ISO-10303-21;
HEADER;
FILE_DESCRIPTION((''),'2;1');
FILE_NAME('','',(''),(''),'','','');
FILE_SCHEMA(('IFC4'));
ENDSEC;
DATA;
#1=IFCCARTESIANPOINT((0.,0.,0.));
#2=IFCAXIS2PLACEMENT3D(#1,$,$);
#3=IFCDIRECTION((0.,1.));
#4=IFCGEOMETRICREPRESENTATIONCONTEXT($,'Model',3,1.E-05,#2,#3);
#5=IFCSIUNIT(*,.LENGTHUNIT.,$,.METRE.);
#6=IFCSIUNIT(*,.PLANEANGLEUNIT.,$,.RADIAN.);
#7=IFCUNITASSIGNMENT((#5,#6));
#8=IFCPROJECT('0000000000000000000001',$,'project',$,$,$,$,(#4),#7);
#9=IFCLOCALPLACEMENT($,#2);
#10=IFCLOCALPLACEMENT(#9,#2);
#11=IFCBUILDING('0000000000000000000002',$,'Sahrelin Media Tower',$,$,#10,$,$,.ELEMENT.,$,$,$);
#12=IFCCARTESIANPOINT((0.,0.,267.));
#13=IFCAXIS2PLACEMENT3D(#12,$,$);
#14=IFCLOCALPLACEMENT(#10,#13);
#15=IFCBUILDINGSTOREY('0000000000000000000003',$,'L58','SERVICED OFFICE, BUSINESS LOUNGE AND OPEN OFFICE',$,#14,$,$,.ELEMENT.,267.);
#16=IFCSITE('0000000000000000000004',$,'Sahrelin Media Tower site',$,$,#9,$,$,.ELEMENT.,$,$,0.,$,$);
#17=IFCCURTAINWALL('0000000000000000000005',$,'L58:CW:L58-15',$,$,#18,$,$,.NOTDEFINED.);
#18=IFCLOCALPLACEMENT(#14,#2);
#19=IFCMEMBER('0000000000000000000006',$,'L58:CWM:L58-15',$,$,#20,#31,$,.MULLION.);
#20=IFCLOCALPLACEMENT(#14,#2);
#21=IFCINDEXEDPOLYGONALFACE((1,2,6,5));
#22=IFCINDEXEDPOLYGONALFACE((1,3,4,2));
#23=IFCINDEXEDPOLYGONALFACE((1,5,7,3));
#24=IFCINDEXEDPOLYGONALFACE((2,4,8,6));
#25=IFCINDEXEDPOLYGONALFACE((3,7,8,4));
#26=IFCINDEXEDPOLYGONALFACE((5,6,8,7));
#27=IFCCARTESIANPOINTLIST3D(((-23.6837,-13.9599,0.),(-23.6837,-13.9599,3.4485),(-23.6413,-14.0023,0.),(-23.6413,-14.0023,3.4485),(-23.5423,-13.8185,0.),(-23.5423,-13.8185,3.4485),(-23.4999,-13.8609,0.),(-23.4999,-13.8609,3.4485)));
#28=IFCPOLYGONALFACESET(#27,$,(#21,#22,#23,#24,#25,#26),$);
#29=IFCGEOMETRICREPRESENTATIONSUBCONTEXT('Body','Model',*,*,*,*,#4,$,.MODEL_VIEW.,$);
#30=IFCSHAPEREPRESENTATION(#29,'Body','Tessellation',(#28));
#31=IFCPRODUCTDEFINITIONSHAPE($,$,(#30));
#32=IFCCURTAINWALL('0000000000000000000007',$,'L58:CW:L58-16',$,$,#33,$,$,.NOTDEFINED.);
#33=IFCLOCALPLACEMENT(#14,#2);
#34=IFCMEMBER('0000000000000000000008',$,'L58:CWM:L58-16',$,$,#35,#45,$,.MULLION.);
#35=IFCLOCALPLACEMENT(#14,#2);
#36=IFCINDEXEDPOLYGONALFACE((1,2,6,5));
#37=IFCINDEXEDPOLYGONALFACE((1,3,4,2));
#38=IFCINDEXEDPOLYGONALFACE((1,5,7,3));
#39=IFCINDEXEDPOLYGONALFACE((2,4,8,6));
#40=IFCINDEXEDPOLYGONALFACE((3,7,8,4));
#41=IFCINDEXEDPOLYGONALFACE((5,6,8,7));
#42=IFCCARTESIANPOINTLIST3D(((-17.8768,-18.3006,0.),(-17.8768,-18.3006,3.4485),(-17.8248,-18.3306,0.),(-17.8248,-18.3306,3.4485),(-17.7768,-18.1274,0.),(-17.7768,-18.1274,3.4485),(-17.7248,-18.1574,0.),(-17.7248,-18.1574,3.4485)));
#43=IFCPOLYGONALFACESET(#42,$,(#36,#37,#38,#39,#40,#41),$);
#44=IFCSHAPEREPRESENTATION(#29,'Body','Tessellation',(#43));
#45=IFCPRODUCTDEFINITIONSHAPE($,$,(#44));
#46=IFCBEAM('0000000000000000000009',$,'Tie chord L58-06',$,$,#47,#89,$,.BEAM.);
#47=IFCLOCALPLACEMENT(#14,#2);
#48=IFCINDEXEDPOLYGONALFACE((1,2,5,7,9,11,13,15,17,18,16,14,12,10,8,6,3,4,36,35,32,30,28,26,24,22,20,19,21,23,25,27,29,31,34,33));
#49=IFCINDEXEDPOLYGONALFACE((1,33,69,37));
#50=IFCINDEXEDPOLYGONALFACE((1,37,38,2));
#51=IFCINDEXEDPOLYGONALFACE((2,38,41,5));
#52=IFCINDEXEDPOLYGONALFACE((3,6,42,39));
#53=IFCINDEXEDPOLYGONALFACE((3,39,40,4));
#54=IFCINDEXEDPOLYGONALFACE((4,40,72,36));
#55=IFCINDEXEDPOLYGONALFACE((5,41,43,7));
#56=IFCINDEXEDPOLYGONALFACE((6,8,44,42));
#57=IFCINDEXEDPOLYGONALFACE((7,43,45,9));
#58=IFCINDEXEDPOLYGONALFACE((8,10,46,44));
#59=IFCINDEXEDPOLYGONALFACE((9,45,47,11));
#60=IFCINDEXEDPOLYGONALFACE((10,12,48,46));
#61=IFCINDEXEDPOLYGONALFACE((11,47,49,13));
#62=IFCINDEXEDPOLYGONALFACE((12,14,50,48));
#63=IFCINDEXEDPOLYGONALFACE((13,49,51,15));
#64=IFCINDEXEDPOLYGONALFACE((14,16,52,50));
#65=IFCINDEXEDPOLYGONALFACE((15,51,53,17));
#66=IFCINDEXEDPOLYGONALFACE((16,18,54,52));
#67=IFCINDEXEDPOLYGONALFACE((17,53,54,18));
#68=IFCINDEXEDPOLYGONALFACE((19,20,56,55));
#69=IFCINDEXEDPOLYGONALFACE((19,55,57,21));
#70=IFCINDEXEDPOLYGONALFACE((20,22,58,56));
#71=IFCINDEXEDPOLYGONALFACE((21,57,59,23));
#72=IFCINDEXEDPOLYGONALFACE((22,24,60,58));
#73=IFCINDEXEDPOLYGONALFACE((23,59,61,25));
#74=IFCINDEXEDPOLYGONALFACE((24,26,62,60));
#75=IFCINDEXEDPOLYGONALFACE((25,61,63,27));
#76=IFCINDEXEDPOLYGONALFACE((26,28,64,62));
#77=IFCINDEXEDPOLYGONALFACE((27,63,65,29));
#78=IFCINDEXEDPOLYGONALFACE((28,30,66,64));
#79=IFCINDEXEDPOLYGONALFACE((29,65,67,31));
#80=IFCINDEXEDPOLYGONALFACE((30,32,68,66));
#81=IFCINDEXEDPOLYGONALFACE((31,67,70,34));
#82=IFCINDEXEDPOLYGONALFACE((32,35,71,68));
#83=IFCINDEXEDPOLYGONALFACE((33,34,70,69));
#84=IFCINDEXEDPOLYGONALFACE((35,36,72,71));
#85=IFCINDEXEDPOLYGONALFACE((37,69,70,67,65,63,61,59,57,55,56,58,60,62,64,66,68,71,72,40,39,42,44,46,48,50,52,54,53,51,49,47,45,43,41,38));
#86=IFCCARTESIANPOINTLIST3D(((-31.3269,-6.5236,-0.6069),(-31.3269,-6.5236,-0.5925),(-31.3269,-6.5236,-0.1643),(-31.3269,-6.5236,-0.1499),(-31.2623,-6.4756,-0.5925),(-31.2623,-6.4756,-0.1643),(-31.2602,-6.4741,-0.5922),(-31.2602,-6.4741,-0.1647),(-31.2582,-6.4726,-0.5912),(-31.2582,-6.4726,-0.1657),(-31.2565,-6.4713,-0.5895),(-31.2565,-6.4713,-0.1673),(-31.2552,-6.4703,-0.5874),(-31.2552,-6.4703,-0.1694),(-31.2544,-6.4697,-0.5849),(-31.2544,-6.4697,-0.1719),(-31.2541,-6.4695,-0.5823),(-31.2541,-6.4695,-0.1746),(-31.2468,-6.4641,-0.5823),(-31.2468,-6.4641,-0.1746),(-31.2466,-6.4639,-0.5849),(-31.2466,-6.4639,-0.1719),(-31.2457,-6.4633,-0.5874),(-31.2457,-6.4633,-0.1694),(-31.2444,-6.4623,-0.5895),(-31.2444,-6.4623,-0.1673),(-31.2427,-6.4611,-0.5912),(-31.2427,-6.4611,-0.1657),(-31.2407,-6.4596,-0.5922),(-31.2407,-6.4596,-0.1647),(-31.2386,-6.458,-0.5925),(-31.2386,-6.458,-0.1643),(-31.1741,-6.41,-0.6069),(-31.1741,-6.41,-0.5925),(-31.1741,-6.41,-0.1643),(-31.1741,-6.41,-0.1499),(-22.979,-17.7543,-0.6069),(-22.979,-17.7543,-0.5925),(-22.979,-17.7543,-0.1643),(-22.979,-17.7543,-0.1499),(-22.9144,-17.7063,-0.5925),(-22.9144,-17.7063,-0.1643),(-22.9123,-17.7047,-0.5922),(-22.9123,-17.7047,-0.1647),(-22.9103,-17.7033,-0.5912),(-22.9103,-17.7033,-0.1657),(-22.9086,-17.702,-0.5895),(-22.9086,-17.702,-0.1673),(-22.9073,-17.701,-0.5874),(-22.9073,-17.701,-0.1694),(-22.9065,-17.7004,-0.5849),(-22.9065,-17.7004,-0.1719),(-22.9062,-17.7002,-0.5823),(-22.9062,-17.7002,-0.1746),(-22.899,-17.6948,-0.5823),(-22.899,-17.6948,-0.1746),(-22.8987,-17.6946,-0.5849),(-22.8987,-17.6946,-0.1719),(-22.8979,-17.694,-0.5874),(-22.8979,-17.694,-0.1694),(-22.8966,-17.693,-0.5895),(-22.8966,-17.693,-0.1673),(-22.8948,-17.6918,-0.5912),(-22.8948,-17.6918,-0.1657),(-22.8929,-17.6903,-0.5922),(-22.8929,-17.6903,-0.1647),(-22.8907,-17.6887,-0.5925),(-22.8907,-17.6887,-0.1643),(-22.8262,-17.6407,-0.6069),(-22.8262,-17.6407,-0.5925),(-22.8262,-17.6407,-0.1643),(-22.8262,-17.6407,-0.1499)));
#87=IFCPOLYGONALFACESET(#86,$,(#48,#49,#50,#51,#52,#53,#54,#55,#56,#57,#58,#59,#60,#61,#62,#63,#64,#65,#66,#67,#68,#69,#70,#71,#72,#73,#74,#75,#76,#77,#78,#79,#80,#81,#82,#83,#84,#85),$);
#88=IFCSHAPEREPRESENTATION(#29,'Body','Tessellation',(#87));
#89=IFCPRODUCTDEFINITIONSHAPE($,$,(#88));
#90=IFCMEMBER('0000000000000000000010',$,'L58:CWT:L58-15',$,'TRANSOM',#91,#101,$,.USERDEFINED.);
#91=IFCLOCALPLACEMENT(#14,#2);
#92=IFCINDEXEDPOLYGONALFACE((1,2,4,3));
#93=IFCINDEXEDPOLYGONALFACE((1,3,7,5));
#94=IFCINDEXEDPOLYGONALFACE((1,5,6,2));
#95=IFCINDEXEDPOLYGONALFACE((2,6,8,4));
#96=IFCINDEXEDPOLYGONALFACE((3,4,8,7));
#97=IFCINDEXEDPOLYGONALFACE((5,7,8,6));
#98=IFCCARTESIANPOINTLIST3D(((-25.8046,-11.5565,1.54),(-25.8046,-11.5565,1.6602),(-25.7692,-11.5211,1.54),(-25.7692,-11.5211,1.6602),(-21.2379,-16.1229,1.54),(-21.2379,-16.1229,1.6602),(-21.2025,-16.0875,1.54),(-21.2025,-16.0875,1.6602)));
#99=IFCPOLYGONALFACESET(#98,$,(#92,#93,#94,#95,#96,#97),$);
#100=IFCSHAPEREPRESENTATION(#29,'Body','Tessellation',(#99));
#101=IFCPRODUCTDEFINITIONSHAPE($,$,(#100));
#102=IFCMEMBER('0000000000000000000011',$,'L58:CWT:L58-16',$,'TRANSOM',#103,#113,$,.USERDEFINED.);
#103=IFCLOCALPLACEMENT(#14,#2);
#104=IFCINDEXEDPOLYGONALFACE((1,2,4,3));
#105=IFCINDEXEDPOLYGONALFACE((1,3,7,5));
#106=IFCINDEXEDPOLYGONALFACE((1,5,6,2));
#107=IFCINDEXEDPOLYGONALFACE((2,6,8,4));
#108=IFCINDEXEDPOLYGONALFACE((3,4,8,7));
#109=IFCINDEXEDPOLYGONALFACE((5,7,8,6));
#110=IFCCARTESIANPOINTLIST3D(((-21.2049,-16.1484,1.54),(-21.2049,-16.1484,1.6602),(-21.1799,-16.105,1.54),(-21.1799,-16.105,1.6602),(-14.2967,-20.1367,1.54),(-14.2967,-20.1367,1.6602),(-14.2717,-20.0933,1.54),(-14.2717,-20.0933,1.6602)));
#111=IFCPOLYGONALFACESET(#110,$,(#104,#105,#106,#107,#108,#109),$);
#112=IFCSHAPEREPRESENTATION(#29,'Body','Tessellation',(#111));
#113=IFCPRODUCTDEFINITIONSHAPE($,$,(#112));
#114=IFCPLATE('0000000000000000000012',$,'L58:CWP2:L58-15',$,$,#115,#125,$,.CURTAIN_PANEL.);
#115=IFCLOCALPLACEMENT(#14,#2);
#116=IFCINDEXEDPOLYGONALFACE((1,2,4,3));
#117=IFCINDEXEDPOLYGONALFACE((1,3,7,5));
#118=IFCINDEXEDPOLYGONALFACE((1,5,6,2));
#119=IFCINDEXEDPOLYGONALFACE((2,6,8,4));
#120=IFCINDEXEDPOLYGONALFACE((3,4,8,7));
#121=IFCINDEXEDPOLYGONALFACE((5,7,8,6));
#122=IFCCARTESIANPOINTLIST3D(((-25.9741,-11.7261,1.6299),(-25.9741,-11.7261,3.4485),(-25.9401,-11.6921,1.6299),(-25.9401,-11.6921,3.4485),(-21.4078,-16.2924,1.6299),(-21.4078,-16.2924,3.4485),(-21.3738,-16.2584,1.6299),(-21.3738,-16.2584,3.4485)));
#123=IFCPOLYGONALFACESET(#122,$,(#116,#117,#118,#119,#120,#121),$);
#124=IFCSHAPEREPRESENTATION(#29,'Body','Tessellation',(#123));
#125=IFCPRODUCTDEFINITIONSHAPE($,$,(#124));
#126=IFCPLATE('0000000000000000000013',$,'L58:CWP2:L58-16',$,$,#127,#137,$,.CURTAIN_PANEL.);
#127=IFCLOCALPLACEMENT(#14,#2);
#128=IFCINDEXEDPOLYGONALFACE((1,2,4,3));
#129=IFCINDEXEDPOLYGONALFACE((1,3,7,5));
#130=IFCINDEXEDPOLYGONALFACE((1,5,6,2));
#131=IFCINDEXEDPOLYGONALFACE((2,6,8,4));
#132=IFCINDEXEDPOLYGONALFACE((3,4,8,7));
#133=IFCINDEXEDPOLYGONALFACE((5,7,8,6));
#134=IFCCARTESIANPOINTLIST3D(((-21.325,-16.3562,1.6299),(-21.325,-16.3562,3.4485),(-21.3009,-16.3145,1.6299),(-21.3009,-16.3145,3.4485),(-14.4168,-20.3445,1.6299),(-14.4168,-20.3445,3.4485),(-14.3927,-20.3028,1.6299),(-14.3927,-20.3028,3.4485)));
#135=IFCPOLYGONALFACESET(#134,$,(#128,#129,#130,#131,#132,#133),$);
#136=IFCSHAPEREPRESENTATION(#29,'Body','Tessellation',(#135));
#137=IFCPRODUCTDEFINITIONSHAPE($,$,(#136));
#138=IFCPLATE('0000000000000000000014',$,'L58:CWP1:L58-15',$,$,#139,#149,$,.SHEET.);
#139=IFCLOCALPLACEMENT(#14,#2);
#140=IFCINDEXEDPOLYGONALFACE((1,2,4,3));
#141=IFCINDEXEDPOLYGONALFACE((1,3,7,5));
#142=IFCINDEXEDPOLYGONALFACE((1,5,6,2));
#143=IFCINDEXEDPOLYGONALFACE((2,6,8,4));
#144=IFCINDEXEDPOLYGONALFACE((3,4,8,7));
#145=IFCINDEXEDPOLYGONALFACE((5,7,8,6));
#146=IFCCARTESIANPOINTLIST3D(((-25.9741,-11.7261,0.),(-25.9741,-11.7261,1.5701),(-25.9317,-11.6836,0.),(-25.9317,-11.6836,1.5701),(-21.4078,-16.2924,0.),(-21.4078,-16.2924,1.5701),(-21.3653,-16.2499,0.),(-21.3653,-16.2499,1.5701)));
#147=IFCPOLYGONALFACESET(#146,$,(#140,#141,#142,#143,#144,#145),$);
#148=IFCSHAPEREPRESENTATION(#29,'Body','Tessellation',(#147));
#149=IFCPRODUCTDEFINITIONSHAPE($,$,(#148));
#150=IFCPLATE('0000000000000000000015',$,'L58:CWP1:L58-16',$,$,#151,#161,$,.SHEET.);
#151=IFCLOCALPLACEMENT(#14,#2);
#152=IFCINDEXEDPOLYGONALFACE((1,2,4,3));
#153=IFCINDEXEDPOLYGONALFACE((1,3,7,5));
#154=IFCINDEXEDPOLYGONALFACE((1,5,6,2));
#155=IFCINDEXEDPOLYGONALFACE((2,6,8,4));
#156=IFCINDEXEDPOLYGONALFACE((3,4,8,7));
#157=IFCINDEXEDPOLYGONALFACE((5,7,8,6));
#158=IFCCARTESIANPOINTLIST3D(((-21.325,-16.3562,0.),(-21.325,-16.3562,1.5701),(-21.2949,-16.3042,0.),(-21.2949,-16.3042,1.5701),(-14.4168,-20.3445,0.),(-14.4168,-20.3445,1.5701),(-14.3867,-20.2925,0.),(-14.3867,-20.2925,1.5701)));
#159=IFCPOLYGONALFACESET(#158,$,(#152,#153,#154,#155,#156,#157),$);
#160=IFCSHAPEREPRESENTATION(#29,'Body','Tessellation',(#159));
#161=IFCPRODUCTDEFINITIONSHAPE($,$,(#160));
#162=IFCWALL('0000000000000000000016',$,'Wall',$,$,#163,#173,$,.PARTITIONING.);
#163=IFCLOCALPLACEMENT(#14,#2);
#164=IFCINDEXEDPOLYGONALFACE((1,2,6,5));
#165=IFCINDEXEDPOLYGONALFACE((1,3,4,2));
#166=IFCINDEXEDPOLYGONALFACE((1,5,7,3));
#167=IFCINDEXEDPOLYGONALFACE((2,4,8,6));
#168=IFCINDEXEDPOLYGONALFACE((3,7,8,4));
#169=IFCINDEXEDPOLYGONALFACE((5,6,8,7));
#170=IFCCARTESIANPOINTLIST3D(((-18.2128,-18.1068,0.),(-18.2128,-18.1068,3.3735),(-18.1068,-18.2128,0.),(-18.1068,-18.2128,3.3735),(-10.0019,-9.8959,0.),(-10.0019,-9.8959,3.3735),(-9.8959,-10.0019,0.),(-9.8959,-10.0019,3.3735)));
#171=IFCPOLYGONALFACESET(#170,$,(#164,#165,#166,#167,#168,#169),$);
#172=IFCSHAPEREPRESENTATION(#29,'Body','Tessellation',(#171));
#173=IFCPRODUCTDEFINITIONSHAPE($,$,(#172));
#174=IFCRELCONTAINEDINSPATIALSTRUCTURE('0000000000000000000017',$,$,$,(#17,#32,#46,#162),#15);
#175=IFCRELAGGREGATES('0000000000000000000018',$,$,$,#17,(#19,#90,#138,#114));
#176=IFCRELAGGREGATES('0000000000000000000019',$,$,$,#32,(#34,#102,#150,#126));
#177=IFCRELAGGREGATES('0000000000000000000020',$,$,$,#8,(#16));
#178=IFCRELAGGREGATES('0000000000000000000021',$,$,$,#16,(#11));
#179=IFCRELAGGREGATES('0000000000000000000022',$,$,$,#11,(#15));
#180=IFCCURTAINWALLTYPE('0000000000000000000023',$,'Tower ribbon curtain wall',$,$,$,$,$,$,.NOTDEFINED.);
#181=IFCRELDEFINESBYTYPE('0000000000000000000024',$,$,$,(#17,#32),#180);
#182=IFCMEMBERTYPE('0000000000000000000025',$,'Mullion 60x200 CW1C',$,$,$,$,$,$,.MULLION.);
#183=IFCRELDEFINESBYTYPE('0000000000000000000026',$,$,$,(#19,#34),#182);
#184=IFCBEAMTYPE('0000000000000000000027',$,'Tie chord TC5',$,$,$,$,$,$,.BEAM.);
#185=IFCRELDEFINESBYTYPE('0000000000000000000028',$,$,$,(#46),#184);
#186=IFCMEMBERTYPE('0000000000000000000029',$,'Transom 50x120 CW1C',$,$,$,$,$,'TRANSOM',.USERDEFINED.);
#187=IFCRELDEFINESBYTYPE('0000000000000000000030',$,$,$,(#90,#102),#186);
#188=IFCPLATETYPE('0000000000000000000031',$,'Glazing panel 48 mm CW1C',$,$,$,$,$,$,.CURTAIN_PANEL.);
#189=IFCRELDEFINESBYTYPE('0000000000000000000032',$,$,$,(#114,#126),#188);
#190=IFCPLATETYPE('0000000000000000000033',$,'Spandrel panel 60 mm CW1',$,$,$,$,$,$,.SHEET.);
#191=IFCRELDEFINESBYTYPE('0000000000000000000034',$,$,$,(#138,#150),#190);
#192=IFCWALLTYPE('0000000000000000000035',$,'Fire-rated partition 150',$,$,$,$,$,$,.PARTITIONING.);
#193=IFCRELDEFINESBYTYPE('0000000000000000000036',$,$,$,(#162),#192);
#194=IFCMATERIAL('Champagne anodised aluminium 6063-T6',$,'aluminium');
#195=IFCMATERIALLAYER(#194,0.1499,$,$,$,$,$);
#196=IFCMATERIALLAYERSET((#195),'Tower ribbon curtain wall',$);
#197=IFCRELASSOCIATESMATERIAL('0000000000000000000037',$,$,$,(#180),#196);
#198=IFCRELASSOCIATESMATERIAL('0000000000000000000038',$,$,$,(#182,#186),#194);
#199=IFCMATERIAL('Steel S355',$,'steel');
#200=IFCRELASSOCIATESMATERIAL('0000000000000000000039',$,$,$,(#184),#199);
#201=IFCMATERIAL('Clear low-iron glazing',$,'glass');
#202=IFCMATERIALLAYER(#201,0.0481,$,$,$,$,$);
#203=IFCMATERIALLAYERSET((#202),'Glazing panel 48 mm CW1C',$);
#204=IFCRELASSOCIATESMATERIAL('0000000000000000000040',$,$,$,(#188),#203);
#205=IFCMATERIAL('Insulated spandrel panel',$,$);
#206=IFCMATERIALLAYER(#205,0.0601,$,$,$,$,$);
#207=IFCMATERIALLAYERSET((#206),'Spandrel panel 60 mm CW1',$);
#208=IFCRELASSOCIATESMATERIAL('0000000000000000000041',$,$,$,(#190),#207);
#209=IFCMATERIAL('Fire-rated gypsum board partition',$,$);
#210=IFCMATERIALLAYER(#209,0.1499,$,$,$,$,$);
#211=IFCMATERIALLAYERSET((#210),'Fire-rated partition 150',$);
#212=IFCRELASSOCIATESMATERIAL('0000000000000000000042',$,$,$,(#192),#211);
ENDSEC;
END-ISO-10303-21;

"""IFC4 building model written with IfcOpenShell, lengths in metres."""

from ifc_helpers import new_model, si_unit, direction, frame, frame_2d, origin, origin_2d, place, context, subcontext, project, spatial, polyline, rectangle, i_section, outline, extrude, material, layer, layer_set, material_profile, profile_set, type_object, element, aggregate, save


model = new_model("IFC4")

# Units and contexts
model_context = context("Model", 3, precision=1e-05, world=origin(), true_north=direction((0.0, 1.0)))
body_context = subcontext(model_context, "Body", "Model", "MODEL_VIEW")
ifc_project = project(units=[si_unit("LENGTHUNIT", "METRE"), si_unit("PLANEANGLEUNIT", "RADIAN")], contexts=[model_context])

# Site, building, storey
site_placement = place(None, origin())
site = spatial("IfcSite", under=ifc_project, at=site_placement, Name="Sahrelin Media Tower site", CompositionType="ELEMENT", RefElevation=0.0)
building_placement = place(site_placement, origin())
building = spatial("IfcBuilding", under=site, at=building_placement, Name="Sahrelin Media Tower", CompositionType="ELEMENT")
storey_placement = place(building_placement, frame((0.0, 0.0, 267.0)))
storey = spatial("IfcBuildingStorey", under=building, at=storey_placement, Name="L58", Description="SERVICED OFFICE, BUSINESS LOUNGE AND OPEN OFFICE", CompositionType="ELEMENT", Elevation=267.0)

# Shared definitions
ifc_material_1 = material(Name="Steel S355", Category="steel")

# Curtain walls, members
ifc_material_2 = material(Name="Champagne anodised aluminium 6063-T6", Category="aluminium")
ifc_layer_1 = layer(ifc_material_2, 0.1499)
ifc_layer_set_1 = layer_set([ifc_layer_1], Name="Tower ribbon curtain wall")
curtain_wall_type = type_object("IfcCurtainWallType", Name="Tower ribbon curtain wall", PredefinedType="NOTDEFINED", material=ifc_layer_set_1)
ifc_material_profile_1 = material_profile(ifc_material_2, rectangle(XDim=0.0601, YDim=0.2, at=origin_2d()), Name="Mullion 60x200")
ifc_profile_set_1 = profile_set([ifc_material_profile_1], Name="Champagne anodised aluminium 6063-T6")
member_type_1 = type_object("IfcMemberType", Name="Mullion 60x200 CW1C", PredefinedType="MULLION", material=ifc_profile_set_1)
curtain_wall_1_placement = place(storey_placement, frame((-23.6768, -13.9951, 0.0), z_axis=(0.0, 0.0, 1.0), x_axis=(1.0, 0.0, 0.0)))
curtain_wall_1 = element("IfcCurtainWall", 1, at=curtain_wall_1_placement, inside=storey, type_object=curtain_wall_type, Name="L58:CW:L58-15", PredefinedType="NOTDEFINED")
member_1_placement = place(storey_placement, frame((-23.5918, -13.9104, 0.0), z_axis=(0.0, 0.0, 1.0), x_axis=(0.707107, -0.707107, 0.0)))
member_1 = element("IfcMember", 2, at=member_1_placement, type_object=member_type_1, Name="L58:CWM:L58-15", PredefinedType="MULLION", context=body_context, shape_type="SweptSolid", body=[
    extrude(rectangle(XDim=0.0601, YDim=0.2, at=origin_2d()), origin(), (0.0, 0.0, 1.0), 3.4485),
])
curtain_wall_2_placement = place(storey_placement, frame((-17.8608, -18.333, 0.0), z_axis=(0.0, 0.0, 1.0), x_axis=(1.0, 0.0, 0.0)))
curtain_wall_2 = element("IfcCurtainWall", 3, at=curtain_wall_2_placement, inside=storey, type_object=curtain_wall_type, Name="L58:CW:L58-16", PredefinedType="NOTDEFINED")
member_2_placement = place(storey_placement, frame((-17.8008, -18.229, 0.0), z_axis=(0.0, 0.0, 1.0), x_axis=(0.866025, -0.5, 0.0)))
member_2 = element("IfcMember", 4, at=member_2_placement, type_object=member_type_1, Name="L58:CWM:L58-16", PredefinedType="MULLION", context=body_context, shape_type="SweptSolid", body=[
    extrude(rectangle(XDim=0.0601, YDim=0.2, at=origin_2d()), origin(), (0.0, 0.0, 1.0), 3.4485),
])

# Beam
ifc_material_profile_2 = material_profile(ifc_material_1, i_section(OverallWidth=0.1904, OverallDepth=0.457, WebThickness=0.009, FlangeThickness=0.0144, FilletRadius=0.0103, at=origin_2d()), Name="UB 457x191x74")
ifc_profile_set_2 = profile_set([ifc_material_profile_2], Name="Steel S355")
beam_type_1 = type_object("IfcBeamType", Name="Tie chord TC5", PredefinedType="BEAM", material=ifc_profile_set_2)
beam_1_placement = place(storey_placement, frame((-22.9026, -17.6975, -0.3784), z_axis=(-0.596558, 0.80257, 0.0), x_axis=(-0.80257, -0.596558, 0.0)))
element("IfcBeam", 5, at=beam_1_placement, inside=storey, type_object=beam_type_1, Name="Tie chord L58-06", PredefinedType="BEAM", context=body_context, shape_type="SweptSolid", body=[
    extrude(i_section(OverallWidth=0.1904, OverallDepth=0.457, WebThickness=0.009, FlangeThickness=0.0144, FilletRadius=0.0103, at=origin_2d()), origin(), (0.0, 0.0, 1.0), 13.9934),
])

# Members
ifc_material_profile_3 = material_profile(ifc_material_2, rectangle(XDim=0.05, YDim=0.1201, at=origin_2d()), Name="Transom 50x120")
ifc_profile_set_3 = profile_set([ifc_material_profile_3], Name="Champagne anodised aluminium 6063-T6")
member_type_2 = type_object("IfcMemberType", Name="Transom 50x120 CW1C", ElementType="TRANSOM", PredefinedType="USERDEFINED", material=ifc_profile_set_3)
member_3_placement = place(storey_placement, frame((-25.7869, -11.5388, 1.6001), z_axis=(0.707126, -0.707088, 0.0), x_axis=(0.707088, 0.707126, 0.0)))
member_3 = element("IfcMember", 6, at=member_3_placement, type_object=member_type_2, Name="L58:CWT:L58-15", ObjectType="TRANSOM", PredefinedType="USERDEFINED", context=body_context, shape_type="SweptSolid", body=[
    extrude(rectangle(XDim=0.05, YDim=0.1201, at=origin_2d()), origin(), (0.0, 0.0, 1.0), 6.458),
])
member_4_placement = place(storey_placement, frame((-21.1924, -16.1267, 1.6001), z_axis=(0.866035, -0.499984, 0.0), x_axis=(0.499984, 0.866035, 0.0)))
member_4 = element("IfcMember", 7, at=member_4_placement, type_object=member_type_2, Name="L58:CWT:L58-16", ObjectType="TRANSOM", PredefinedType="USERDEFINED", context=body_context, shape_type="SweptSolid", body=[
    extrude(rectangle(XDim=0.05, YDim=0.1201, at=origin_2d()), origin(), (0.0, 0.0, 1.0), 7.9768),
])

# Plates
ifc_material_3 = material(Name="Clear low-iron glazing", Category="glass")
ifc_layer_2 = layer(ifc_material_3, 0.0481)
ifc_layer_set_2 = layer_set([ifc_layer_2], Name="Glazing panel 48 mm CW1C")
plate_type_1 = type_object("IfcPlateType", Name="Glazing panel 48 mm CW1C", PredefinedType="CURTAIN_PANEL", material=ifc_layer_set_2)
plate_1_placement = place(storey_placement, frame((-25.9741, -11.7261, 1.6299), z_axis=(-0.707107, -0.707107, 0.0), x_axis=(0.707107, -0.707107, 0.0)))
plate_1 = element("IfcPlate", 8, at=plate_1_placement, type_object=plate_type_1, Name="L58:CWP2:L58-15", PredefinedType="CURTAIN_PANEL", context=body_context, shape_type="SweptSolid", body=[
    extrude(outline(polyline([(0.0, 0.0), (6.4578, 0.0), (6.4578, 1.8186), (0.0, 1.8186), (0.0, 0.0)])), origin(), (0.0, 0.0, -1.0), 0.0481),
])
plate_2_placement = place(storey_placement, frame((-21.325, -16.3562, 1.6299), z_axis=(-0.499984, -0.866035, 0.0), x_axis=(0.866035, -0.499984, 0.0)))
plate_2 = element("IfcPlate", 9, at=plate_2_placement, type_object=plate_type_1, Name="L58:CWP2:L58-16", PredefinedType="CURTAIN_PANEL", context=body_context, shape_type="SweptSolid", body=[
    extrude(outline(polyline([(0.0, 0.0), (7.9768, 0.0), (7.9768, 1.8186), (0.0, 1.8186), (0.0, 0.0)])), origin(), (0.0, 0.0, -1.0), 0.0481),
])
ifc_material_4 = material(Name="Insulated spandrel panel")
ifc_layer_3 = layer(ifc_material_4, 0.0601)
ifc_layer_set_3 = layer_set([ifc_layer_3], Name="Spandrel panel 60 mm CW1")
plate_type_2 = type_object("IfcPlateType", Name="Spandrel panel 60 mm CW1", PredefinedType="SHEET", material=ifc_layer_set_3)
plate_3_placement = place(storey_placement, frame((-25.9741, -11.7261, 0.0), z_axis=(-0.707107, -0.707107, 0.0), x_axis=(0.707107, -0.707107, 0.0)))
plate_3 = element("IfcPlate", 10, at=plate_3_placement, type_object=plate_type_2, Name="L58:CWP1:L58-15", PredefinedType="SHEET", context=body_context, shape_type="SweptSolid", body=[
    extrude(outline(polyline([(0.0, 0.0), (6.4578, 0.0), (6.4578, 1.5701), (0.0, 1.5701), (0.0, 0.0)])), origin(), (0.0, 0.0, -1.0), 0.0601),
])
aggregate(curtain_wall_1, [member_1, member_3, plate_3, plate_1])
plate_4_placement = place(storey_placement, frame((-21.325, -16.3562, 0.0), z_axis=(-0.499984, -0.866035, 0.0), x_axis=(0.866035, -0.499984, 0.0)))
plate_4 = element("IfcPlate", 11, at=plate_4_placement, type_object=plate_type_2, Name="L58:CWP1:L58-16", PredefinedType="SHEET", context=body_context, shape_type="SweptSolid", body=[
    extrude(outline(polyline([(0.0, 0.0), (7.9768, 0.0), (7.9768, 1.5701), (0.0, 1.5701), (0.0, 0.0)])), origin(), (0.0, 0.0, -1.0), 0.0601),
])
aggregate(curtain_wall_2, [member_2, member_4, plate_4, plate_2])

# Wall
ifc_material_5 = material(Name="Fire-rated gypsum board partition")
ifc_layer_4 = layer(ifc_material_5, 0.1499)
ifc_layer_set_4 = layer_set([ifc_layer_4], Name="Fire-rated partition 150")
wall_type = type_object("IfcWallType", Name="Fire-rated partition 150", PredefinedType="PARTITIONING", material=ifc_layer_set_4)
wall_placement = place(storey_placement, frame((-18.1599, -18.1599, 0.0), z_axis=(0.0, 0.0, 1.0), x_axis=(0.707107, 0.707107, 0.0)))
element("IfcWall", 12, at=wall_placement, inside=storey, type_object=wall_type, Name="Wall", PredefinedType="PARTITIONING", context=body_context, shape_type="SweptSolid", body=[
    extrude(rectangle(XDim=11.6121, YDim=0.1499, at=frame_2d((5.8062, 0.0))), origin(), (0.0, 0.0, 1.0), 3.3735),
])

save(model, "model.ifc")
